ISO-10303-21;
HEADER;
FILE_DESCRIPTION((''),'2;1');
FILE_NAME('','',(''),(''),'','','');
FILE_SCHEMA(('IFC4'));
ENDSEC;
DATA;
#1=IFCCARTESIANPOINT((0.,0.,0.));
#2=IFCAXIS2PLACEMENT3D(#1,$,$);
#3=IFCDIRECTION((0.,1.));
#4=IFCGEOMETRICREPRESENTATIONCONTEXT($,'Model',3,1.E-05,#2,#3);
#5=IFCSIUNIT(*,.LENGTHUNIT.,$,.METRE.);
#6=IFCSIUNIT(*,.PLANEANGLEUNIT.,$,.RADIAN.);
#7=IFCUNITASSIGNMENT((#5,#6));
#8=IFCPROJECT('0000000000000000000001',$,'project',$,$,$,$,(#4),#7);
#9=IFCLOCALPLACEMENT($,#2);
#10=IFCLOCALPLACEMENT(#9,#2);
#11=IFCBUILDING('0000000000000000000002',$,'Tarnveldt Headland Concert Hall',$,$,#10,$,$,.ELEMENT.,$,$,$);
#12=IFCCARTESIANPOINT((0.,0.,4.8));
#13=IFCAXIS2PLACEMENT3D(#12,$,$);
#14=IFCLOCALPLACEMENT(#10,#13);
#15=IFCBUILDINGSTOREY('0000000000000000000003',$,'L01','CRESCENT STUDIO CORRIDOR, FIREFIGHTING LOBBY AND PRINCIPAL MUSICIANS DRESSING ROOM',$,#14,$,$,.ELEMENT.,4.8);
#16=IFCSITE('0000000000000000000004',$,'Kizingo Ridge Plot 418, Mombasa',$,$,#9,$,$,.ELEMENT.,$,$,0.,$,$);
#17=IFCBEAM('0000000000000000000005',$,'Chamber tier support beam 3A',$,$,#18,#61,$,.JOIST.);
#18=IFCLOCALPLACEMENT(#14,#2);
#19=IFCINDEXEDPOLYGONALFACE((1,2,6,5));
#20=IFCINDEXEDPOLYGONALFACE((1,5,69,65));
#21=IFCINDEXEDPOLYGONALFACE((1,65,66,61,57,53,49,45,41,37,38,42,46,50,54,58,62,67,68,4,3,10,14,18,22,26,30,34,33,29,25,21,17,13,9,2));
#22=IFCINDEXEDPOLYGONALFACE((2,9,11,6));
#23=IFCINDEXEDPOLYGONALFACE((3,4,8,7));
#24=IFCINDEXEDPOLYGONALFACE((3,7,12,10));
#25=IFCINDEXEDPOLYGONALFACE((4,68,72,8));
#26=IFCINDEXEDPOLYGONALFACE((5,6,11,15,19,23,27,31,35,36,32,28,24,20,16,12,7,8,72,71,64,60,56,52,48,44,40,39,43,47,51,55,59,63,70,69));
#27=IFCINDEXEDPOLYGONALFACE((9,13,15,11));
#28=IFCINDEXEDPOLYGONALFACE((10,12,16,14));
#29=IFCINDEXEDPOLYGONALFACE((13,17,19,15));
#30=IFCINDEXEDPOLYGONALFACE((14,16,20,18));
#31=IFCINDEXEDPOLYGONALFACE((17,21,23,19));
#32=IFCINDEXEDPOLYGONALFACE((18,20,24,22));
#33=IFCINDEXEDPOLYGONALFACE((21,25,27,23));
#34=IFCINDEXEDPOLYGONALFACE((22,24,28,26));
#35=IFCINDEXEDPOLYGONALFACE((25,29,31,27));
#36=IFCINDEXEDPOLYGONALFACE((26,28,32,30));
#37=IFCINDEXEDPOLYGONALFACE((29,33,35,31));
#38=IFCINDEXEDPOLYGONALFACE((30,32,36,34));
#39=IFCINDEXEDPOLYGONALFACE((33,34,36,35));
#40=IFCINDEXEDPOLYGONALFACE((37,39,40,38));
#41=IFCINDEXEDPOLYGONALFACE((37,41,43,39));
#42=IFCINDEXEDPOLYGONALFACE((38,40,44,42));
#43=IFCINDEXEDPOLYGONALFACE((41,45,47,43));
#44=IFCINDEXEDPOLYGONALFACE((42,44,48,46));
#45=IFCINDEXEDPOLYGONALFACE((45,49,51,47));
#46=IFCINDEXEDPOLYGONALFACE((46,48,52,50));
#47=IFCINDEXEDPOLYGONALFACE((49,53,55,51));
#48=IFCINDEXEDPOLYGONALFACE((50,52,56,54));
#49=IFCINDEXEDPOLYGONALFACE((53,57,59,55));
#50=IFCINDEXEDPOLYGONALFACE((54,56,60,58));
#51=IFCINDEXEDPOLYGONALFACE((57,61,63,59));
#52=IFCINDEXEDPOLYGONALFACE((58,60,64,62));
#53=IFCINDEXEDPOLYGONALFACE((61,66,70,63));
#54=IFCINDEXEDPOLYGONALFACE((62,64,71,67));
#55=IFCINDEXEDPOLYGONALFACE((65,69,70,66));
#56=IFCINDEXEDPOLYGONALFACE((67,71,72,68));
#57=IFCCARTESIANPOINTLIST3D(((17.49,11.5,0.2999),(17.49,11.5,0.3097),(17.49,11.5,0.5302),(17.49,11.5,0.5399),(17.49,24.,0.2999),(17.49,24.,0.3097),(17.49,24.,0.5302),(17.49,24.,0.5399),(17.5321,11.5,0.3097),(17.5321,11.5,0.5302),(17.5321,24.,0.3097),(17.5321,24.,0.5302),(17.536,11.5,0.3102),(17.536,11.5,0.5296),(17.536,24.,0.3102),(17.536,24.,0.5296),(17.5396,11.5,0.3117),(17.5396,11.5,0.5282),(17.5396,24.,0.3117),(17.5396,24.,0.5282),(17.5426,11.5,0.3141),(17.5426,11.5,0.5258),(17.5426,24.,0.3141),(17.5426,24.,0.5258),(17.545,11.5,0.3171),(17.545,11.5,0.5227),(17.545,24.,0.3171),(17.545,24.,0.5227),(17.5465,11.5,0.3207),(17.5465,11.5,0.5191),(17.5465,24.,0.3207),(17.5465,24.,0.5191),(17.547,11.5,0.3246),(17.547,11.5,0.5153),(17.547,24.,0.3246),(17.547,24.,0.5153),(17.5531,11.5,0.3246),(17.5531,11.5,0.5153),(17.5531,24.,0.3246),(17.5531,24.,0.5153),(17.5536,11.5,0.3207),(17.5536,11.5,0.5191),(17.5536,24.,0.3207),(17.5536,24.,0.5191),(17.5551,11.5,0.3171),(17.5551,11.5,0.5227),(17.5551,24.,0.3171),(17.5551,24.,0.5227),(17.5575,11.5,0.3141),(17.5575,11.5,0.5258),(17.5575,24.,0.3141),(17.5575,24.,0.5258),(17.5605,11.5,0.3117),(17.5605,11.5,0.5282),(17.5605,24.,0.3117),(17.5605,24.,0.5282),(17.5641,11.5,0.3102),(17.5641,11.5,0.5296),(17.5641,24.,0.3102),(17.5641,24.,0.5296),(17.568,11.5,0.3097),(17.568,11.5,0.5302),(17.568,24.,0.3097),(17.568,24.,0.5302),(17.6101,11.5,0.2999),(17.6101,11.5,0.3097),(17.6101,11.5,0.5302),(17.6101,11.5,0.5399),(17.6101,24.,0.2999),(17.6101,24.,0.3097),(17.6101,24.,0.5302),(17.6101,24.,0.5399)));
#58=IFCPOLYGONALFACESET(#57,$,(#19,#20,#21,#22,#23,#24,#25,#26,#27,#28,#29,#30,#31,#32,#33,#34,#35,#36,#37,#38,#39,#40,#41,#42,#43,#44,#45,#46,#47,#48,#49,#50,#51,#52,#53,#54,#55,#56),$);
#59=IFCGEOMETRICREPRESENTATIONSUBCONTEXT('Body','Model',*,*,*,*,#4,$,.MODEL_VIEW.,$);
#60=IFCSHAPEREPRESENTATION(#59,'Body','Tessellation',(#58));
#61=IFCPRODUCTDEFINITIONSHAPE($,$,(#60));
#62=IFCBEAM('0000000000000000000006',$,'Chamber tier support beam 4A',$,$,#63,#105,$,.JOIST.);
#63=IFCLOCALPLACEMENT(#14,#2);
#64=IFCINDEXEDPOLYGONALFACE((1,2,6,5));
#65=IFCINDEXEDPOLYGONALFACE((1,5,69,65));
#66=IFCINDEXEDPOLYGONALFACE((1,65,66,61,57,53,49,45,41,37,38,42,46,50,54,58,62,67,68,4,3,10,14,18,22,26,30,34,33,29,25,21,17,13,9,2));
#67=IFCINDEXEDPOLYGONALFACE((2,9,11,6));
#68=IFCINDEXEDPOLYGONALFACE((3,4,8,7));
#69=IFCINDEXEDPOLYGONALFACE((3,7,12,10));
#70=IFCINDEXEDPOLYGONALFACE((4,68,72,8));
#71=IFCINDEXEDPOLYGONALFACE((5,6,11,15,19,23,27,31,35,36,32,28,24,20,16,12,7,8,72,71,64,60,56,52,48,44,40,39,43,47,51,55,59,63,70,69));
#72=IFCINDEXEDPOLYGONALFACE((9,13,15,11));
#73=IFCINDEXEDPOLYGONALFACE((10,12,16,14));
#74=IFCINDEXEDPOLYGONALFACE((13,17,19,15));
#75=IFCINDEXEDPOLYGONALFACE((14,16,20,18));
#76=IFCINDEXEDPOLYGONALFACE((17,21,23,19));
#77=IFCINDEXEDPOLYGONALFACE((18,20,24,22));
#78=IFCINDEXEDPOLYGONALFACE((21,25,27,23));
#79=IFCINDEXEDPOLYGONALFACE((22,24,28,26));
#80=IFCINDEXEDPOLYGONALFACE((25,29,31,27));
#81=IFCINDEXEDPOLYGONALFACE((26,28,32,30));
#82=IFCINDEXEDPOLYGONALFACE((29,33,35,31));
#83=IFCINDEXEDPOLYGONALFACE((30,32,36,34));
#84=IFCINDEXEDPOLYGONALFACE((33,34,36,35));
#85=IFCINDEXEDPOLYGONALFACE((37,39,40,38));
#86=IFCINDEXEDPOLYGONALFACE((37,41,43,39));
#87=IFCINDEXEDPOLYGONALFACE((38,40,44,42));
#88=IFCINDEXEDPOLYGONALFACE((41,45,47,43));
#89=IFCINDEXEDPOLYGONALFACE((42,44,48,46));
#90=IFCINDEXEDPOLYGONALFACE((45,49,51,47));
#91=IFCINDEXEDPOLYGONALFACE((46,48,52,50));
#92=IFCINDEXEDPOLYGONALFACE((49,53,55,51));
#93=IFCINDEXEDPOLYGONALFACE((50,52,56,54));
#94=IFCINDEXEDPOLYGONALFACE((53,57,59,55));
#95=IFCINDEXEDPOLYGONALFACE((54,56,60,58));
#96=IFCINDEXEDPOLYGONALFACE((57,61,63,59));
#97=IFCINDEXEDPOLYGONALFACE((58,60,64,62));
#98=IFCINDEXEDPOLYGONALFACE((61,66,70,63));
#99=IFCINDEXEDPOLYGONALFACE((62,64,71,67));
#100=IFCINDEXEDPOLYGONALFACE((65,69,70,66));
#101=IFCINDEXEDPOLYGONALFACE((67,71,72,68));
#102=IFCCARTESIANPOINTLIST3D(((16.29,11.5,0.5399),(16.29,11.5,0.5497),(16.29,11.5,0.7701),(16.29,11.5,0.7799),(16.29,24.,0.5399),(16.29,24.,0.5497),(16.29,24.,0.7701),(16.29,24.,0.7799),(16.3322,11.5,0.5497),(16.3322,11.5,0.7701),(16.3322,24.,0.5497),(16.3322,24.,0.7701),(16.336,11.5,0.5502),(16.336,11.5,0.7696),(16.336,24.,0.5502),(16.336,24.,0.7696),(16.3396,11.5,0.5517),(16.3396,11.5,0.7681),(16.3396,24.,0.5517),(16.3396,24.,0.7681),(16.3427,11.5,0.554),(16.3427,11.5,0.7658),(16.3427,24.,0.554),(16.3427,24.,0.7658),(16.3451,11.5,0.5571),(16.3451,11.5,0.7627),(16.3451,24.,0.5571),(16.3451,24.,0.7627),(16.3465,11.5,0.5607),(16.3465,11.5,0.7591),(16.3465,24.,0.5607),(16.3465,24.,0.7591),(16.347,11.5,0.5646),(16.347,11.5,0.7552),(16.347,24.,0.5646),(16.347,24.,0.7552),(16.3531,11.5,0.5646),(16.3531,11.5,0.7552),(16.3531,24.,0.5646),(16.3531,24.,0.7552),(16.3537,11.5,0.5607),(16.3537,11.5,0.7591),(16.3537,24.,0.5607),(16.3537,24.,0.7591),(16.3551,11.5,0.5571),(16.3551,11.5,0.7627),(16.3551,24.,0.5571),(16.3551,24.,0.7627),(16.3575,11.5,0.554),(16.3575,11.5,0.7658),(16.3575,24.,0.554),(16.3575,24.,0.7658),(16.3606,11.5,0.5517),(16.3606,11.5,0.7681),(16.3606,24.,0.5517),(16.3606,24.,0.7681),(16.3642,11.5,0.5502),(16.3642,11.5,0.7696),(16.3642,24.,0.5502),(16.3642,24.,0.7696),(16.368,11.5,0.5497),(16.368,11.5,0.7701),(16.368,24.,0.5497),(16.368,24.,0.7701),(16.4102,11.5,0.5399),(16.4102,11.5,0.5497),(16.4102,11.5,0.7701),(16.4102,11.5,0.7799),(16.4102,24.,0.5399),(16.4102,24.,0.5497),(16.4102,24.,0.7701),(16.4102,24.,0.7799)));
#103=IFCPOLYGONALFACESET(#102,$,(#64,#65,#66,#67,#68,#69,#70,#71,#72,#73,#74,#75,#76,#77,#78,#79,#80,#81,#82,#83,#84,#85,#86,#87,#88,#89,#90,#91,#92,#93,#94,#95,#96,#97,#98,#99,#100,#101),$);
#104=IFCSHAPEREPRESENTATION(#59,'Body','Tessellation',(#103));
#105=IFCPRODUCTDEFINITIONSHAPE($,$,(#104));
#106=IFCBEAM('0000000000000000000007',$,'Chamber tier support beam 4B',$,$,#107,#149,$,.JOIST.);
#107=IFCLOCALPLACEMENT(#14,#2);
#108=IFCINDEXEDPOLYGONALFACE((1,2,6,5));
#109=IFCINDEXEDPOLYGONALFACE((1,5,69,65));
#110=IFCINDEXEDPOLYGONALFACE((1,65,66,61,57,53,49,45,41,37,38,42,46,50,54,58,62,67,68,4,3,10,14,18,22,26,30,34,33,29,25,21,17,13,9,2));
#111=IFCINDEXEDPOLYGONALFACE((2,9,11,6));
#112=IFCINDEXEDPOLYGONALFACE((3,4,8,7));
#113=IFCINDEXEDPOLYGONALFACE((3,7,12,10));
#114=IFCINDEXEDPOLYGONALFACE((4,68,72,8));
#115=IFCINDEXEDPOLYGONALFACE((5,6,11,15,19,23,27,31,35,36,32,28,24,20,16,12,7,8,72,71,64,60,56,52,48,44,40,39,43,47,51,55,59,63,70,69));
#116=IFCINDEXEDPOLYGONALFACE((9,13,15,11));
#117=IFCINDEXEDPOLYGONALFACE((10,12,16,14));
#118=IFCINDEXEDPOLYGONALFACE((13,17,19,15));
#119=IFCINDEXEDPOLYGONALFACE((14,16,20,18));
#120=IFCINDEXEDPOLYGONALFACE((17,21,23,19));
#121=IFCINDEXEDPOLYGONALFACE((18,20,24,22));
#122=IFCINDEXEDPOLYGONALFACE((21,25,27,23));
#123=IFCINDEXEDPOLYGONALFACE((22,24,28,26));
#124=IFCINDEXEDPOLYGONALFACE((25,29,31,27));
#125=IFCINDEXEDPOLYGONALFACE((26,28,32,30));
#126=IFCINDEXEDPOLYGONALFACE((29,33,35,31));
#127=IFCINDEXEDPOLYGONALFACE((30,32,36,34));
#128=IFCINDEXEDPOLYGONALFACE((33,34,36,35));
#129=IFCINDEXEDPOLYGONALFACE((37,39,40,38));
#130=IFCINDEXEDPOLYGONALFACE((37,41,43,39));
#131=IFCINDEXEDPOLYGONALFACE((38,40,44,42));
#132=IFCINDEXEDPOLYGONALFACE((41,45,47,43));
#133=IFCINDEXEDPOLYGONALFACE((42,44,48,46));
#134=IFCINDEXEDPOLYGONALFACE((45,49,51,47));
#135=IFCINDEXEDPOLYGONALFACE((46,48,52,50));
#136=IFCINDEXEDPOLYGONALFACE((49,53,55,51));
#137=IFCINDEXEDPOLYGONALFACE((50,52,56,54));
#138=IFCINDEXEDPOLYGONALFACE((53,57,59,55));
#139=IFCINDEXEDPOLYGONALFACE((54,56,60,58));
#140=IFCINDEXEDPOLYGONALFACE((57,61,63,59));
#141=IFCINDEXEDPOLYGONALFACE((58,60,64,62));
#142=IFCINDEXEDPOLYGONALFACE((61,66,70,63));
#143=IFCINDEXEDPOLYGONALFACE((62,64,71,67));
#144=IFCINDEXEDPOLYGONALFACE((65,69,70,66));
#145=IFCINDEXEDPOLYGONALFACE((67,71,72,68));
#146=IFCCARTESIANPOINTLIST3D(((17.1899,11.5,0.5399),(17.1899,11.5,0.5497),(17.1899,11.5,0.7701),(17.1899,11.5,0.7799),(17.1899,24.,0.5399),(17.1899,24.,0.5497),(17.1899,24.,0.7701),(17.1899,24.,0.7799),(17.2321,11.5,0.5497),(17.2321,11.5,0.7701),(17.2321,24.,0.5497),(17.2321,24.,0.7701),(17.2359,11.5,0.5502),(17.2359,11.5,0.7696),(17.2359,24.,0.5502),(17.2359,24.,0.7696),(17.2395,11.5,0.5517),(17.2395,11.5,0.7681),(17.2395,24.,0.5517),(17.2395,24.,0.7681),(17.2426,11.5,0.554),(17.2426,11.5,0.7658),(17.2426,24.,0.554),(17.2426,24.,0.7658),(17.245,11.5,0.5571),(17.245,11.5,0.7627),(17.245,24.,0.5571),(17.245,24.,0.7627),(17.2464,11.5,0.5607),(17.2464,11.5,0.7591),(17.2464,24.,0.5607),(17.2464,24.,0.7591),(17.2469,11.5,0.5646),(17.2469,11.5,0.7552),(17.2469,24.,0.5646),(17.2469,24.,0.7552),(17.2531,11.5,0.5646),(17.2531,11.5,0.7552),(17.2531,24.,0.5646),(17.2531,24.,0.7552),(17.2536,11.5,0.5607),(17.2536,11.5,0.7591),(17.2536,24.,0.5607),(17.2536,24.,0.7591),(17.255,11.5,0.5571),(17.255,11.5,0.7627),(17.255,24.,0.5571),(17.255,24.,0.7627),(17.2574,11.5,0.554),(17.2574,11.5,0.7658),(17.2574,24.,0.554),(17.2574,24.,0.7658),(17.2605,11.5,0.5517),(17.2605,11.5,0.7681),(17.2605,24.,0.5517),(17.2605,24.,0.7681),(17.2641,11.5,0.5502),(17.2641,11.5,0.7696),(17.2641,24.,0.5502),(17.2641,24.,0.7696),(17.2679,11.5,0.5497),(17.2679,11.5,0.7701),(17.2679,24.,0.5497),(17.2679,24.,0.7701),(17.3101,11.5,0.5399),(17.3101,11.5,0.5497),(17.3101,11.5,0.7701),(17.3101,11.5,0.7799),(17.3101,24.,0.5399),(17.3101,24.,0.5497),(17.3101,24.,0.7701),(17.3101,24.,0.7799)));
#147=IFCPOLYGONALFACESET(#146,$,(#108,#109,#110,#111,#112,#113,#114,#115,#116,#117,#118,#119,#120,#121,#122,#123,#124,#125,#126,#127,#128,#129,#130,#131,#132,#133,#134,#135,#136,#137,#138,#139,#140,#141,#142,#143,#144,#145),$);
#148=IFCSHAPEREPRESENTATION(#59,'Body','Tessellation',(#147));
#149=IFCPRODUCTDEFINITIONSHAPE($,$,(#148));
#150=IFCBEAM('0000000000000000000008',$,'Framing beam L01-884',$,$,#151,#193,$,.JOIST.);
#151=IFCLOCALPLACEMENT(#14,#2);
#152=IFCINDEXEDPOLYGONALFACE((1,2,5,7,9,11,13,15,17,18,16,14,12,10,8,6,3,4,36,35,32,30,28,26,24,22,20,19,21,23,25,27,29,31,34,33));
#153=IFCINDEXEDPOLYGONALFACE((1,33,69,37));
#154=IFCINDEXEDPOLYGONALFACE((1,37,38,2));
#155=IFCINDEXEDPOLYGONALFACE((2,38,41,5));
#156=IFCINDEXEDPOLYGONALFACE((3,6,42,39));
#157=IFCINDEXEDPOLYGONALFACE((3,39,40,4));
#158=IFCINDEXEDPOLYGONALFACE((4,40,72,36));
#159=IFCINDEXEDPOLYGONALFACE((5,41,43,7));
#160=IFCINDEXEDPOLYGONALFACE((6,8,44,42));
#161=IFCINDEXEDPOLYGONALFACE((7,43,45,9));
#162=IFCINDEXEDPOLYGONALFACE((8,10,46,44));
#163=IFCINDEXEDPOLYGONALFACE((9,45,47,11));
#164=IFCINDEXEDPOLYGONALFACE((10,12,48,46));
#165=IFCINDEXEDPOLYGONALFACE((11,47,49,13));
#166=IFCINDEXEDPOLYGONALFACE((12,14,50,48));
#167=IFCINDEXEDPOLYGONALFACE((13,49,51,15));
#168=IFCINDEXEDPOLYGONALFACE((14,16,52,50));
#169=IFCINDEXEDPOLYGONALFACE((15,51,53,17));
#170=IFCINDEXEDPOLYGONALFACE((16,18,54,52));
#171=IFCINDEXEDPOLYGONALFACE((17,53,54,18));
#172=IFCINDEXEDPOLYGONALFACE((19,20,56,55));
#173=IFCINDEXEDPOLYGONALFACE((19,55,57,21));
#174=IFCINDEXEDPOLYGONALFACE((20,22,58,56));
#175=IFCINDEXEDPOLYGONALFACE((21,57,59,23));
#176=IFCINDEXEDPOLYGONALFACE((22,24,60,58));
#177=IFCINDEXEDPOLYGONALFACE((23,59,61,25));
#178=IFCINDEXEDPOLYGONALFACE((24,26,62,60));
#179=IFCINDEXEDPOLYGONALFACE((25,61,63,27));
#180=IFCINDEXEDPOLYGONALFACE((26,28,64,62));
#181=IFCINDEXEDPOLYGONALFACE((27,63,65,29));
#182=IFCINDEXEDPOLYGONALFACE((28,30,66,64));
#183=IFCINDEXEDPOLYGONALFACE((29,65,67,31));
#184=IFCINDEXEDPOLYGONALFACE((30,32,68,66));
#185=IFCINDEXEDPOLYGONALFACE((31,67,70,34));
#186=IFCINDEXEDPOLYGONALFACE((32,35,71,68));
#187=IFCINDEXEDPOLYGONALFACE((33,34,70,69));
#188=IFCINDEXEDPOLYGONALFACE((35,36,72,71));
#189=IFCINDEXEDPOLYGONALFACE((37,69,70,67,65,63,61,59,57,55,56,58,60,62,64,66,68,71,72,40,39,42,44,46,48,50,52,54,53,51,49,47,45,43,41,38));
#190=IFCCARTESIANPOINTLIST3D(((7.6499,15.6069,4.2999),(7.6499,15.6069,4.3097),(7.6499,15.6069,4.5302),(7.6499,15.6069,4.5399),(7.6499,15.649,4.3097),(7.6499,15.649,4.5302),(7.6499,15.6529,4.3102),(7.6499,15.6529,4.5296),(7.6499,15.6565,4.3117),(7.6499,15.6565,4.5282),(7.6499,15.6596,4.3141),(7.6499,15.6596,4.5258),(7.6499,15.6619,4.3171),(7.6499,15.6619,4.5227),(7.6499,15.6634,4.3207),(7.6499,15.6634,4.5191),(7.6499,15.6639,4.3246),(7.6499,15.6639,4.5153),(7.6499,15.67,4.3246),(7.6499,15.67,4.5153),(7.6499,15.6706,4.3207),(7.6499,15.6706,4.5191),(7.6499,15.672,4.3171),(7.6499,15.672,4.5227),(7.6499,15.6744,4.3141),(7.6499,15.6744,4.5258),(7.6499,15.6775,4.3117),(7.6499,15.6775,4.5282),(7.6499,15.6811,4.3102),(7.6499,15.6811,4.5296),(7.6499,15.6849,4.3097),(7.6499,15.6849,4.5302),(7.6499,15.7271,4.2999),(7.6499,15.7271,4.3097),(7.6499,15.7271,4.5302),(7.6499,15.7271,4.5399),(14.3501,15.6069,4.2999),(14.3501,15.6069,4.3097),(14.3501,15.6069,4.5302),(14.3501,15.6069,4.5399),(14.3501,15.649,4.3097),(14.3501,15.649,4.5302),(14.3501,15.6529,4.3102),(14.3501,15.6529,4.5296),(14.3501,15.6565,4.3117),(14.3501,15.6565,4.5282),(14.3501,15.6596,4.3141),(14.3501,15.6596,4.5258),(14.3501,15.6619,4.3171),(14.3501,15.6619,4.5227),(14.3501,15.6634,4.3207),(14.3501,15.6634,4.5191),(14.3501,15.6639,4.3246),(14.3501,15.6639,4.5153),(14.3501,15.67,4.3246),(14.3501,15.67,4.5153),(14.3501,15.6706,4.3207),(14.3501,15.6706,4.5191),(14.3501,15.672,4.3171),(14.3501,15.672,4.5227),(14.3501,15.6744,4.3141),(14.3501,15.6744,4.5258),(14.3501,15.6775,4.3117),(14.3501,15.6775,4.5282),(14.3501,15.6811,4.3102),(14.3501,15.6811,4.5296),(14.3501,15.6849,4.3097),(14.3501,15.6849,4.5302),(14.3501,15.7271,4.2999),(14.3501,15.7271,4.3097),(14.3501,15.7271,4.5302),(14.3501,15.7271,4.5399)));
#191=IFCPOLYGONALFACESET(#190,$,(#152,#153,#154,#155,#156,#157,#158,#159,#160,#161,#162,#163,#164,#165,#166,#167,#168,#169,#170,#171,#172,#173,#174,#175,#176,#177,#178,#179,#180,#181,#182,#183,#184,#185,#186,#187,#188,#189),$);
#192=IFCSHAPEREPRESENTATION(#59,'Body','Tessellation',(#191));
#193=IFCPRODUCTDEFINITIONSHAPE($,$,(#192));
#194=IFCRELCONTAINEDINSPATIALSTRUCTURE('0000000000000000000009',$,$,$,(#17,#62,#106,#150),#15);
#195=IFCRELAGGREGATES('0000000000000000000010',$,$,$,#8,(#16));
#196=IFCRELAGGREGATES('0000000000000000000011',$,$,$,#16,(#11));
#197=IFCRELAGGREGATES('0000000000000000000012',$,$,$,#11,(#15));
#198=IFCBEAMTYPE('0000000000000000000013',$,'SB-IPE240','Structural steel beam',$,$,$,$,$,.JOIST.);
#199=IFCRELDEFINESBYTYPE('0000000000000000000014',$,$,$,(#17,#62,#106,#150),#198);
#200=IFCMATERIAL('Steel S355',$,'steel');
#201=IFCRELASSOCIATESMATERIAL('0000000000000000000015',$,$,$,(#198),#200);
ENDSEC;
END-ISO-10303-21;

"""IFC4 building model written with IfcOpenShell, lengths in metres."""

from ifc_helpers import new_model, si_unit, direction, frame, origin, origin_2d, place, context, subcontext, project, spatial, i_section, extrude, material, material_profile, profile_set, type_object, element, save


model = new_model("IFC4")

# Units and contexts
model_context = context("Model", 3, precision=1e-05, world=origin(), true_north=direction((0.0, 1.0)))
body_context = subcontext(model_context, "Body", "Model", "MODEL_VIEW")
ifc_project = project(units=[si_unit("LENGTHUNIT", "METRE"), si_unit("PLANEANGLEUNIT", "RADIAN")], contexts=[model_context])

# Site, building, storey
site_placement = place(None, origin())
site = spatial("IfcSite", under=ifc_project, at=site_placement, Name="Kizingo Ridge Plot 418, Mombasa", CompositionType="ELEMENT", RefElevation=0.0)
building_placement = place(site_placement, origin())
building = spatial("IfcBuilding", under=site, at=building_placement, Name="Tarnveldt Headland Concert Hall", CompositionType="ELEMENT")
storey_placement = place(building_placement, frame((0.0, 0.0, 4.8)))
storey = spatial("IfcBuildingStorey", under=building, at=storey_placement, Name="L01", Description="CRESCENT STUDIO CORRIDOR, FIREFIGHTING LOBBY AND PRINCIPAL MUSICIANS DRESSING ROOM", CompositionType="ELEMENT", Elevation=4.8)

# Shared definitions
ifc_material_1 = material(Name="Steel S355", Category="steel")

# Beams
ifc_material_profile_1 = material_profile(ifc_material_1, i_section(OverallWidth=0.1201, OverallDepth=0.24, WebThickness=0.0061, FlangeThickness=0.0098, FilletRadius=0.0149, at=origin_2d()), Name="IPE240", Category="steel")
ifc_profile_set_1 = profile_set([ifc_material_profile_1], Name="Steel S355")
beam_type_1 = type_object("IfcBeamType", Name="SB-IPE240", Description="Structural steel beam", PredefinedType="JOIST", material=ifc_profile_set_1)
for number, where, z_axis, x_axis, name in (
    (1, (17.55, 11.5, 0.4199), (0.0, 1.0, 0.0), (-1.0, 0.0, 0.0), "Chamber tier support beam 3A"),
    (2, (16.3501, 11.5, 0.6599), (0.0, 1.0, 0.0), (-1.0, 0.0, 0.0), "Chamber tier support beam 4A"),
    (3, (17.25, 11.5, 0.6599), (0.0, 1.0, 0.0), (-1.0, 0.0, 0.0), "Chamber tier support beam 4B"),
):
    element("IfcBeam", number, at=place(storey_placement, frame(where, z_axis=z_axis, x_axis=x_axis)), inside=storey, type_object=beam_type_1, Name=name, PredefinedType="JOIST", context=body_context, shape_type="SweptSolid", body=[
        extrude(i_section(OverallWidth=0.1201, OverallDepth=0.24, WebThickness=0.0061, FlangeThickness=0.0098, FilletRadius=0.0149, at=origin_2d()), origin(), (0.0, 0.0, 1.0), 12.5),
    ])
for number, where, z_axis, x_axis, name in (
    (4, (7.6499, 15.667, 4.4199), (1.0, 0.0, 0.0), (0.0, 1.0, 0.0), "Framing beam L01-884"),
):
    element("IfcBeam", number, at=place(storey_placement, frame(where, z_axis=z_axis, x_axis=x_axis)), inside=storey, type_object=beam_type_1, Name=name, PredefinedType="JOIST", context=body_context, shape_type="SweptSolid", body=[
        extrude(i_section(OverallWidth=0.1201, OverallDepth=0.24, WebThickness=0.0061, FlangeThickness=0.0098, FilletRadius=0.0149, at=origin_2d()), origin(), (0.0, 0.0, 1.0), 6.7002),
    ])

save(model, "model.ifc")
